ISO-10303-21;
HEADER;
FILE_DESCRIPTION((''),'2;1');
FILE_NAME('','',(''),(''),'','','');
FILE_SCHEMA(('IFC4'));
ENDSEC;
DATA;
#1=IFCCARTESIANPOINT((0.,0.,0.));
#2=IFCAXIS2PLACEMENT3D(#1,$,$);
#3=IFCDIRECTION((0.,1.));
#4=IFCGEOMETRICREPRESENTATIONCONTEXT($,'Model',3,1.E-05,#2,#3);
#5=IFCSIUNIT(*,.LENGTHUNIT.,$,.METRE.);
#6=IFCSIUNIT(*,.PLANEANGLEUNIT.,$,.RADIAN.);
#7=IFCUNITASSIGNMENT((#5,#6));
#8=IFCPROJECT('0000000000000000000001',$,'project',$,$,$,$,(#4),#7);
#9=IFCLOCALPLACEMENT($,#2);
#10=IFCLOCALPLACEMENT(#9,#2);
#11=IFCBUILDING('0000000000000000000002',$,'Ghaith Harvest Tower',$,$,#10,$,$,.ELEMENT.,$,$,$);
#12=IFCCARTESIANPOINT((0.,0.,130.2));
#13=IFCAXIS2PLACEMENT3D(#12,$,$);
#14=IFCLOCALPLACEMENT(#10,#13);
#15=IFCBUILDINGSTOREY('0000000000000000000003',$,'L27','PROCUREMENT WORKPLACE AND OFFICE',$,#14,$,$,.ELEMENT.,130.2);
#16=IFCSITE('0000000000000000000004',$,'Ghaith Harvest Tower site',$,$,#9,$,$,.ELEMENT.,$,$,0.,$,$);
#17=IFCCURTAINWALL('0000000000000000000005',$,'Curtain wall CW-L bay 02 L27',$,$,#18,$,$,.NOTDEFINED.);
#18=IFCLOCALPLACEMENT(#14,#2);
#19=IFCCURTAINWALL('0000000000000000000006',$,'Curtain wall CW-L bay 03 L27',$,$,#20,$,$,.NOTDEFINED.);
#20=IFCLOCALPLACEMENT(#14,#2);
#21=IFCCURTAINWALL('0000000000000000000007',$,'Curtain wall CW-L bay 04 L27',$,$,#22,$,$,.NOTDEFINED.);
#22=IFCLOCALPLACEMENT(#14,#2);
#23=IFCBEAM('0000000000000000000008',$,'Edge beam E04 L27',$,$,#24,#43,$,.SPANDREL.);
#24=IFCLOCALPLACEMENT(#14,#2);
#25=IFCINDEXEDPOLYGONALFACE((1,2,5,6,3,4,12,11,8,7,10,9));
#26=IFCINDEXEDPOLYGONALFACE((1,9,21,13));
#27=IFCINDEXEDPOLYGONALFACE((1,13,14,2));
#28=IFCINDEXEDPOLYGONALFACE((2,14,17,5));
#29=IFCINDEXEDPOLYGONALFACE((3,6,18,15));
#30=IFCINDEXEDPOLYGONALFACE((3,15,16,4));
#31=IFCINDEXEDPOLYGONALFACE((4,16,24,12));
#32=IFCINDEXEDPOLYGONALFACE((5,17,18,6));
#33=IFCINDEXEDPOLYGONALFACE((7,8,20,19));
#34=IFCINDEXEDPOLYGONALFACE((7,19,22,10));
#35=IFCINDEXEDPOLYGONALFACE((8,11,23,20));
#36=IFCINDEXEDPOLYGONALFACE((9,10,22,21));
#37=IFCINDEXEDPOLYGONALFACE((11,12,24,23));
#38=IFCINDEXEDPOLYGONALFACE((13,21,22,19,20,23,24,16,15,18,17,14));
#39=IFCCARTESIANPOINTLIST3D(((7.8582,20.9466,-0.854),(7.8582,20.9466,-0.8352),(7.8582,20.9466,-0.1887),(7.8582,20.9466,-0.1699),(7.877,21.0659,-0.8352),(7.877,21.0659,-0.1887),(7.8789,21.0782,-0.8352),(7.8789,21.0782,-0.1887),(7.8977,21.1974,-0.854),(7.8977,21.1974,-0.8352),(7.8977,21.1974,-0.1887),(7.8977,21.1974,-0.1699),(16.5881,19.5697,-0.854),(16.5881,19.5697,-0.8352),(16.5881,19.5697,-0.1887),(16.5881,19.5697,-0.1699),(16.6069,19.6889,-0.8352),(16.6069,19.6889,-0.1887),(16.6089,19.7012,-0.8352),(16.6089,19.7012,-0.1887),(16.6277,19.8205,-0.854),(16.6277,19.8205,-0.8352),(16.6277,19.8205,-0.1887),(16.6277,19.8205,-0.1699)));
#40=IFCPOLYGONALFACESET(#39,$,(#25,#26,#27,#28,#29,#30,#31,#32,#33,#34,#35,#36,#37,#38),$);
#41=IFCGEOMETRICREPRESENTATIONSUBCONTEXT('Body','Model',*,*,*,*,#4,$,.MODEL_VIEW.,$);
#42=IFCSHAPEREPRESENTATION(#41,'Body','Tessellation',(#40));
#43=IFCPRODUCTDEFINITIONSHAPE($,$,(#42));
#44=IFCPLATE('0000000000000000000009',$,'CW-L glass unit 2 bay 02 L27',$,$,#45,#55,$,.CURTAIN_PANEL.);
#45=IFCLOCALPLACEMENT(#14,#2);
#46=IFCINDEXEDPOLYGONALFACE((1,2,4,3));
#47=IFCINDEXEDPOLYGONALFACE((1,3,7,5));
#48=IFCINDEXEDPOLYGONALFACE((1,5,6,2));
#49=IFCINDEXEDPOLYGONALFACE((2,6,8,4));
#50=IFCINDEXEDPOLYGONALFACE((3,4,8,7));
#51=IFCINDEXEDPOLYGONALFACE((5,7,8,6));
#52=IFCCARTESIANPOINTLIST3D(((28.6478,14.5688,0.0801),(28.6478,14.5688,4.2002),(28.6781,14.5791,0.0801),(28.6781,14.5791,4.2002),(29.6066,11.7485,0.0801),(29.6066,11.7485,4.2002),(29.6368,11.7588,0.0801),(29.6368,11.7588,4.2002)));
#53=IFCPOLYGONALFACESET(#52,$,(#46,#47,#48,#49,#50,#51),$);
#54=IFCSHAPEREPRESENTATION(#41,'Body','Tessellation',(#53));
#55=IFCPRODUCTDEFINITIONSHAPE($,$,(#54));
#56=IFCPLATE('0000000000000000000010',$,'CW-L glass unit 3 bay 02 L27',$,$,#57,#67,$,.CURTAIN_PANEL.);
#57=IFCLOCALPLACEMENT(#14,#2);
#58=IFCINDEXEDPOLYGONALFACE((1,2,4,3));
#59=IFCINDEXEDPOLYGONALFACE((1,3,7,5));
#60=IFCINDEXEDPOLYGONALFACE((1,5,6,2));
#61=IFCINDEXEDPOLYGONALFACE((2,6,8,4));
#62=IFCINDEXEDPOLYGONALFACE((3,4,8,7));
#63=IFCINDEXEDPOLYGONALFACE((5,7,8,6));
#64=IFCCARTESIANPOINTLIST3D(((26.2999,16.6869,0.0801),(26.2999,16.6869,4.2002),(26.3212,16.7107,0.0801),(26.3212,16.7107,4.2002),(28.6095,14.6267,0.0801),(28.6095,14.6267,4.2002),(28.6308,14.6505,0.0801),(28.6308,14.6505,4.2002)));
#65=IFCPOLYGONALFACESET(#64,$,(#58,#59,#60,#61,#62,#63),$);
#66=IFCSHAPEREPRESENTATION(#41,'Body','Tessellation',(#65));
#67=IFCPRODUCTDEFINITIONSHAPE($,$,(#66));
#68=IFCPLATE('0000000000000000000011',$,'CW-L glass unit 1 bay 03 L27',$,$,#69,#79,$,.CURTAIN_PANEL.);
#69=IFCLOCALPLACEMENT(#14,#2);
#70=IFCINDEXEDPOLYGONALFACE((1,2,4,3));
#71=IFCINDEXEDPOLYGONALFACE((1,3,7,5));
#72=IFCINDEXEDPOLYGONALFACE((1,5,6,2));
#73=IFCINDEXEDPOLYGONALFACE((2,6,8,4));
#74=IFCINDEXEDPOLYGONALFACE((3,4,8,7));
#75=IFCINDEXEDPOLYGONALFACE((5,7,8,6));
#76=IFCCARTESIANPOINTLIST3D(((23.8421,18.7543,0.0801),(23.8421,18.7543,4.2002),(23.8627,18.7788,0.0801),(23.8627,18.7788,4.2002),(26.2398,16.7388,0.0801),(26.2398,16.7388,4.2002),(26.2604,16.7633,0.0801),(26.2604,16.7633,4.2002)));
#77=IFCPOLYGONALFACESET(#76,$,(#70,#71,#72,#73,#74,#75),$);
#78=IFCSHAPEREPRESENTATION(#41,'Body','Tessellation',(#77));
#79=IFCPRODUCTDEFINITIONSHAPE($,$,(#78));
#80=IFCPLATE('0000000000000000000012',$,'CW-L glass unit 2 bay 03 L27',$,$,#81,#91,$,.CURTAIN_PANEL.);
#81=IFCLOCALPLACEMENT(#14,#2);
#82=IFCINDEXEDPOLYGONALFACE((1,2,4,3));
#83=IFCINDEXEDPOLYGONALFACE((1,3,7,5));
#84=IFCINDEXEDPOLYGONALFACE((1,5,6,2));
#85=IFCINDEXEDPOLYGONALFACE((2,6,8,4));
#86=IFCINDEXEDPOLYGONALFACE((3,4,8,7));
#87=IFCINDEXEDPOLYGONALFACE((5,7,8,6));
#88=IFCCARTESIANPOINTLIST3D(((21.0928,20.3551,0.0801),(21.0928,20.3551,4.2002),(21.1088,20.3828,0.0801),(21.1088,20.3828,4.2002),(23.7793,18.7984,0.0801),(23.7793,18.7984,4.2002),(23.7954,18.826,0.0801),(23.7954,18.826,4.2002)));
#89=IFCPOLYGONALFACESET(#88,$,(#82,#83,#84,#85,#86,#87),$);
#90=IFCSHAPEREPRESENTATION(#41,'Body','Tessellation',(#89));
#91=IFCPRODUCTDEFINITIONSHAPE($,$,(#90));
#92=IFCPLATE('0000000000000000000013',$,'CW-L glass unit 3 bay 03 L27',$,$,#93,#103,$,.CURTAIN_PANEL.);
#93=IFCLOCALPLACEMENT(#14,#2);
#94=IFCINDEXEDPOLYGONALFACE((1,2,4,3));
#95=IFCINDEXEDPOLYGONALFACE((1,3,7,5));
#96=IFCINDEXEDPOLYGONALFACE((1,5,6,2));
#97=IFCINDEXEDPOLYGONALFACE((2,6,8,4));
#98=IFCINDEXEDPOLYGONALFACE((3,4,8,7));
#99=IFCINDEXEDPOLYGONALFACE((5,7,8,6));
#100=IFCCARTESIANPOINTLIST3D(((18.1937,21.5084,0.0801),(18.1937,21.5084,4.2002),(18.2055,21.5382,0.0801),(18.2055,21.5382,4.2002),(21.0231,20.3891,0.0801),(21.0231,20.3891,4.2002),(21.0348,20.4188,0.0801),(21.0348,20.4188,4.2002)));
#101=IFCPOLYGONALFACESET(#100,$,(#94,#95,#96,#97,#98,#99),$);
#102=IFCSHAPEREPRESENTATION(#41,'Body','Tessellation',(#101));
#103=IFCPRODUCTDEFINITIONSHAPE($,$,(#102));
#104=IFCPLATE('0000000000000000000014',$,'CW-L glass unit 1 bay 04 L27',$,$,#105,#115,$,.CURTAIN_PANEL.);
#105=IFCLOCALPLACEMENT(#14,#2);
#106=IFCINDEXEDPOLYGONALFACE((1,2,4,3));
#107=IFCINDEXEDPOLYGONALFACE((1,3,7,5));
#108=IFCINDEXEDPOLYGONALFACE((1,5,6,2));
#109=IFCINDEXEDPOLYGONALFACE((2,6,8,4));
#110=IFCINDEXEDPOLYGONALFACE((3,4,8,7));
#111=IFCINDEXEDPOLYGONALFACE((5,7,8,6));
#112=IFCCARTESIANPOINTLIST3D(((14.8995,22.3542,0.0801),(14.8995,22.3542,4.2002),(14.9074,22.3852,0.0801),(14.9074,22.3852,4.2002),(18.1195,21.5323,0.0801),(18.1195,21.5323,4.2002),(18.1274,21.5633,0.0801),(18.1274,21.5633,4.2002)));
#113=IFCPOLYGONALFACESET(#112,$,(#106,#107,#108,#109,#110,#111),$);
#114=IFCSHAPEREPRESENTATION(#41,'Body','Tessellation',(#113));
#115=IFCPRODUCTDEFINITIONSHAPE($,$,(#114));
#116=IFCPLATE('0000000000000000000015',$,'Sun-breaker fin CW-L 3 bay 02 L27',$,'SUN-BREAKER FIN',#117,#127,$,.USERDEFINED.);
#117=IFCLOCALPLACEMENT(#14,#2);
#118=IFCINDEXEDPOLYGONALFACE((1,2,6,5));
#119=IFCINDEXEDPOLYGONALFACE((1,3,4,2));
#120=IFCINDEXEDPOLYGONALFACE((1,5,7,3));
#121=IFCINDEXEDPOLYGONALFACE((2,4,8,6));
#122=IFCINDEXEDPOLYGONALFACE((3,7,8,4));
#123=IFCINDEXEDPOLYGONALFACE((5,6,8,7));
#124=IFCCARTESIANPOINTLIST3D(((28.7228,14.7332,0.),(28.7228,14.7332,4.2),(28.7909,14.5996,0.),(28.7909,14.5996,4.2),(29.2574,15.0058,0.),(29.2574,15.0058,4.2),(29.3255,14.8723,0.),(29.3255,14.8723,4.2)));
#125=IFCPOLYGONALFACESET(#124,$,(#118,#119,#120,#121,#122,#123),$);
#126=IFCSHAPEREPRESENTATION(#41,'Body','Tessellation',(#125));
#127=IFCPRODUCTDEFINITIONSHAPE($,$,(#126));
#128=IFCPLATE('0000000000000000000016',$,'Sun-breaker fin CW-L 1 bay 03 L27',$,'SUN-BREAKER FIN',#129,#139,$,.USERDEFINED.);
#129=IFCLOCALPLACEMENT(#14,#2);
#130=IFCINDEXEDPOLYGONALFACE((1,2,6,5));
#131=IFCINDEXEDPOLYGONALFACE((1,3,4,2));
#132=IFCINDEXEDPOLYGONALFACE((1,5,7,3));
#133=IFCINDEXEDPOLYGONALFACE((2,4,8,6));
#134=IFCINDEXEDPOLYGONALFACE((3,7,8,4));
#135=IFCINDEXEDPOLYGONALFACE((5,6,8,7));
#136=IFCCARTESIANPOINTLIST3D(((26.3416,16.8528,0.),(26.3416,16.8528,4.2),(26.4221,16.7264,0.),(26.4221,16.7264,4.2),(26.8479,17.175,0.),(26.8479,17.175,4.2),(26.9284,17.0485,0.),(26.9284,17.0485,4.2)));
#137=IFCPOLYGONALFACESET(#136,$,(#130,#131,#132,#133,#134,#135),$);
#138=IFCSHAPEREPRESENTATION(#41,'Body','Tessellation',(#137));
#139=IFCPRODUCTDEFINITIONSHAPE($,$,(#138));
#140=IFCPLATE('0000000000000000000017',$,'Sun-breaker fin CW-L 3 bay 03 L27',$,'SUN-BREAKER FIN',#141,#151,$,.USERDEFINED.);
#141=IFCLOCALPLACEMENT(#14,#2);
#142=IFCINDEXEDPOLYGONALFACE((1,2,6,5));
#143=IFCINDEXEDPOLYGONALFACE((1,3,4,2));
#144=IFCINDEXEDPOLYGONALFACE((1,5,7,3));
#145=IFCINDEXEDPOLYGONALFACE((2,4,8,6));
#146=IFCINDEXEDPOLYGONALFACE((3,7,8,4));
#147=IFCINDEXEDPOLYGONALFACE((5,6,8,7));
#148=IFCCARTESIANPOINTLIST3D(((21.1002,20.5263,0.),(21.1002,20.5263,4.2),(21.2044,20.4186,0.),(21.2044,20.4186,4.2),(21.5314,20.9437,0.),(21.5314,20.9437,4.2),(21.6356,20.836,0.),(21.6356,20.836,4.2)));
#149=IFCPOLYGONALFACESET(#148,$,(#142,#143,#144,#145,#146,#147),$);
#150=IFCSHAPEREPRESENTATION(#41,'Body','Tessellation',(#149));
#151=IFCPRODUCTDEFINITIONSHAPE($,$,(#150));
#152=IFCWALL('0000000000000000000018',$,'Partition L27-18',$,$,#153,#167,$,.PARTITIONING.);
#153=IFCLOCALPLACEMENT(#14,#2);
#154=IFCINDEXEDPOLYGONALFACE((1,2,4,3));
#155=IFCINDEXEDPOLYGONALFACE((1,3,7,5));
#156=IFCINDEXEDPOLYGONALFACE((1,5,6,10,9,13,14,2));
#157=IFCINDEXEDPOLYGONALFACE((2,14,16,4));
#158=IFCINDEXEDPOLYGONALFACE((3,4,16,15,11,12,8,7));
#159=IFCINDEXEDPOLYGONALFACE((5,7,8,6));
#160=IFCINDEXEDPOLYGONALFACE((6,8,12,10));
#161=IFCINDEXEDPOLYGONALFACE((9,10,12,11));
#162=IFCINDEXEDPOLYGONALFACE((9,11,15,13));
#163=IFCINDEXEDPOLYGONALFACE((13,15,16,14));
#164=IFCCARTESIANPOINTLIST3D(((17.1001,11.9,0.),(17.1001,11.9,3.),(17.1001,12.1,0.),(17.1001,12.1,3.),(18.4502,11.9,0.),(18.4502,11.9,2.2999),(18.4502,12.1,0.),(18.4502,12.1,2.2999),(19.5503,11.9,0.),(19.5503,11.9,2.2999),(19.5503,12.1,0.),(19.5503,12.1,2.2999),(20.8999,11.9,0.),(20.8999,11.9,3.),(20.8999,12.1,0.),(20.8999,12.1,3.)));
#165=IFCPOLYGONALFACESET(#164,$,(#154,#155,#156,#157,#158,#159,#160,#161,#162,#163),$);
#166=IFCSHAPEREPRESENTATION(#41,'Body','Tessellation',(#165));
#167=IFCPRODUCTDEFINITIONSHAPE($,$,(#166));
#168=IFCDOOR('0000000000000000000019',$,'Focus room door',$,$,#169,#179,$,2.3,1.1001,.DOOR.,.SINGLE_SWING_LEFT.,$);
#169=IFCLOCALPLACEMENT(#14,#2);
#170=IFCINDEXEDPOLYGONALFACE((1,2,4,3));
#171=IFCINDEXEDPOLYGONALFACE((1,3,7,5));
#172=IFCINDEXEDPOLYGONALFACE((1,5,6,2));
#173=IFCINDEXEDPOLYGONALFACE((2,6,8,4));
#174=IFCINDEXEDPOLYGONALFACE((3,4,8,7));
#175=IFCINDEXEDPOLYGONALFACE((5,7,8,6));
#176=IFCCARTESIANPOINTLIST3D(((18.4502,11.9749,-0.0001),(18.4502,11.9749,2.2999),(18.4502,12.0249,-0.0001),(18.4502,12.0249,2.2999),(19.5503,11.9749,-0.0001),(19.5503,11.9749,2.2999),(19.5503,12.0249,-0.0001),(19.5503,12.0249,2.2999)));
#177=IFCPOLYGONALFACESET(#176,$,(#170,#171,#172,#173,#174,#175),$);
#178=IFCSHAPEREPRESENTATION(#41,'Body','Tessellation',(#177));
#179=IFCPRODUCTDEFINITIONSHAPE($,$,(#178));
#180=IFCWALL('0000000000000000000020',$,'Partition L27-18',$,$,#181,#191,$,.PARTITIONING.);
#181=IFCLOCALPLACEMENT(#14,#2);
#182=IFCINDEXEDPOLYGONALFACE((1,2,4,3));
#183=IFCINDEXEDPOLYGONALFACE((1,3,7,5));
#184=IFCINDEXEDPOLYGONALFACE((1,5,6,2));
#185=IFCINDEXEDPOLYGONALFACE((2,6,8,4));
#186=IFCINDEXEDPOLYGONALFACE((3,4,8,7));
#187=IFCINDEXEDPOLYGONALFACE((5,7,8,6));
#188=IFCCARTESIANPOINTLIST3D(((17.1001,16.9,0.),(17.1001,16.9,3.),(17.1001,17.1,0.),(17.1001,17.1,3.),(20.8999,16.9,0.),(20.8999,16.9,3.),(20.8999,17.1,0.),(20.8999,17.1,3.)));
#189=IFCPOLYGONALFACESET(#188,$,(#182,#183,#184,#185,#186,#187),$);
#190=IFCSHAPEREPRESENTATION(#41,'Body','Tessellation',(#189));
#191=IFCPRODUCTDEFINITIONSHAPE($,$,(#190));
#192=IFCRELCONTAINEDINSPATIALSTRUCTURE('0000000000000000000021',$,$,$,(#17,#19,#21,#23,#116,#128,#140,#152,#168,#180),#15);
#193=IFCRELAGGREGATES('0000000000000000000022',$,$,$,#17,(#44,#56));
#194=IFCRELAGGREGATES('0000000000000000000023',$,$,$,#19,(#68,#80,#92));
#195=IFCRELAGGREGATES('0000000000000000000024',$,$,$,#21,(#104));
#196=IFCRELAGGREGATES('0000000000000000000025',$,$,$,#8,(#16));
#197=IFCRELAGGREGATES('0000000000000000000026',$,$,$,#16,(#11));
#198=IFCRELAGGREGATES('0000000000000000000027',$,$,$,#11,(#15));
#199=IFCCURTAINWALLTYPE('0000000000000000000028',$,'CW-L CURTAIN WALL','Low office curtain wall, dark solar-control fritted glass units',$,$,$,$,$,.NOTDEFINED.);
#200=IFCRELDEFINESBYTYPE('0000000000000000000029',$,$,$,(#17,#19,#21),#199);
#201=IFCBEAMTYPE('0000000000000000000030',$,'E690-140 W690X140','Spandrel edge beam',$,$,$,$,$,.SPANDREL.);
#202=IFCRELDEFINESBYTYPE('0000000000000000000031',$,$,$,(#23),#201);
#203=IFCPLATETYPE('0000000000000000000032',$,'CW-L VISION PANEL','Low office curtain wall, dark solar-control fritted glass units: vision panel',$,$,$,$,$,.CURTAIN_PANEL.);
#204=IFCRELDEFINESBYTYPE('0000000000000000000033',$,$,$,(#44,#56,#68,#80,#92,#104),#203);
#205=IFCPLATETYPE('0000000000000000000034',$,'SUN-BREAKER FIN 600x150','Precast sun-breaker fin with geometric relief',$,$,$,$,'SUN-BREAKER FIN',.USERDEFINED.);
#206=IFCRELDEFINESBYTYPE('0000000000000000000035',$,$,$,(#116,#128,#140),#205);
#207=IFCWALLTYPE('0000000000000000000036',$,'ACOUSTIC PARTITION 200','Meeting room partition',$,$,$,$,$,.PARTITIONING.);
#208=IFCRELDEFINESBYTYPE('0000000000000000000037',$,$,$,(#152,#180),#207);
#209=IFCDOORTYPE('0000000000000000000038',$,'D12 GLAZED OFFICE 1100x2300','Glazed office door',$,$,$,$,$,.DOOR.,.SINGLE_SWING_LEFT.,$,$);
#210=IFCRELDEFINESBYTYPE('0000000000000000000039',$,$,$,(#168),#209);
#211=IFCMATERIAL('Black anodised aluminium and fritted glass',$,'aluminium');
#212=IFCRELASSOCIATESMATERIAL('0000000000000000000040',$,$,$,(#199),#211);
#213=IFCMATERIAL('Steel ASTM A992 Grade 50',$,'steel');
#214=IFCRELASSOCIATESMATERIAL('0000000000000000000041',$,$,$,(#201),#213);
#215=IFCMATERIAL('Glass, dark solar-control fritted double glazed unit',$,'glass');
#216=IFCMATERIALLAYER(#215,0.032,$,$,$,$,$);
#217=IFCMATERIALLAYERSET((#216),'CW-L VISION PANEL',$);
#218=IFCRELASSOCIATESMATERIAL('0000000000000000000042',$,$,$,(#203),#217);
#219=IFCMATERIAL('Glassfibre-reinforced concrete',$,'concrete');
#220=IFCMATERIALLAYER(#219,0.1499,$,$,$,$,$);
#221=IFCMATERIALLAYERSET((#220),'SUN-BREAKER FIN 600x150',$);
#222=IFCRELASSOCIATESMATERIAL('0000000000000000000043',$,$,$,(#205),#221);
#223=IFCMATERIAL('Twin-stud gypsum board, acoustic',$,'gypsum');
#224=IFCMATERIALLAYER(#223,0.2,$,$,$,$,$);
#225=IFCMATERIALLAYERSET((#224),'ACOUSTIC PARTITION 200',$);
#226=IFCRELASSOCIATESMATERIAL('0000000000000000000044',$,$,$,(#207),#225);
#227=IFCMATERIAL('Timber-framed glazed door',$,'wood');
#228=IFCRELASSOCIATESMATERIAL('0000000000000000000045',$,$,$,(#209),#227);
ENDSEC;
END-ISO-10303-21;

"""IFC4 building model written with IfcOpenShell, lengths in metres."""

from ifc_helpers import new_model, si_unit, direction, frame, frame_2d, origin, origin_2d, place, context, subcontext, project, spatial, rectangle, i_section, extrude, material, layer, layer_set, material_profile, profile_set, type_object, element, fill, aggregate, save


model = new_model("IFC4")

# Units and contexts
model_context = context("Model", 3, precision=1e-05, world=origin(), true_north=direction((0.0, 1.0)))
body_context = subcontext(model_context, "Body", "Model", "MODEL_VIEW")
ifc_project = project(units=[si_unit("LENGTHUNIT", "METRE"), si_unit("PLANEANGLEUNIT", "RADIAN")], contexts=[model_context])

# Site, building, storey
site_placement = place(None, origin())
site = spatial("IfcSite", under=ifc_project, at=site_placement, Name="Ghaith Harvest Tower site", CompositionType="ELEMENT", RefElevation=0.0)
building_placement = place(site_placement, origin())
building = spatial("IfcBuilding", under=site, at=building_placement, Name="Ghaith Harvest Tower", CompositionType="ELEMENT")
storey_placement = place(building_placement, frame((0.0, 0.0, 130.2)))
storey = spatial("IfcBuildingStorey", under=building, at=storey_placement, Name="L27", Description="PROCUREMENT WORKPLACE AND OFFICE", CompositionType="ELEMENT", Elevation=130.2)

# Curtain wall
ifc_material_1 = material(Name="Black anodised aluminium and fritted glass", Category="aluminium")
curtain_wall_type = type_object("IfcCurtainWallType", Name="CW-L CURTAIN WALL", Description="Low office curtain wall, dark solar-control fritted glass units", PredefinedType="NOTDEFINED", material=ifc_material_1)
curtain_wall_1_placement = place(storey_placement, origin())
curtain_wall_1 = element("IfcCurtainWall", 1, at=curtain_wall_1_placement, inside=storey, type_object=curtain_wall_type, Name="Curtain wall CW-L bay 02 L27", PredefinedType="NOTDEFINED")

# Curtain wall
curtain_wall_2_placement = place(storey_placement, origin())
curtain_wall_2 = element("IfcCurtainWall", 2, at=curtain_wall_2_placement, inside=storey, type_object=curtain_wall_type, Name="Curtain wall CW-L bay 03 L27", PredefinedType="NOTDEFINED")

# Curtain wall
curtain_wall_3_placement = place(storey_placement, origin())
curtain_wall_3 = element("IfcCurtainWall", 3, at=curtain_wall_3_placement, inside=storey, type_object=curtain_wall_type, Name="Curtain wall CW-L bay 04 L27", PredefinedType="NOTDEFINED")

# Beam
ifc_material_2 = material(Name="Steel ASTM A992 Grade 50", Category="steel")
ifc_material_profile_1 = material_profile(ifc_material_2, i_section(OverallWidth=0.2539, OverallDepth=0.6841, WebThickness=0.0125, FlangeThickness=0.0188, at=origin_2d()), Name="W690X140")
ifc_profile_set_1 = profile_set([ifc_material_profile_1], Name="Steel ASTM A992 Grade 50")
beam_type = type_object("IfcBeamType", Name="E690-140 W690X140", Description="Spandrel edge beam", PredefinedType="SPANDREL", material=ifc_profile_set_1)
beam_1_placement = place(storey_placement, frame((16.6079, 19.6951, -0.512), z_axis=(-0.987788, 0.155801, 0.0), x_axis=(-0.155801, -0.987788, 0.0)))
element("IfcBeam", 4, at=beam_1_placement, inside=storey, type_object=beam_type, Name="Edge beam E04 L27", PredefinedType="SPANDREL", context=body_context, shape_type="SweptSolid", body=[
    extrude(i_section(OverallWidth=0.2539, OverallDepth=0.6841, WebThickness=0.0125, FlangeThickness=0.0188, at=origin_2d()), origin(), (0.0, 0.0, 1.0), 8.8379),
])

# Plates
ifc_material_3 = material(Name="Glass, dark solar-control fritted double glazed unit", Category="glass")
ifc_layer_1 = layer(ifc_material_3, 0.032)
ifc_layer_set_1 = layer_set([ifc_layer_1], Name="CW-L VISION PANEL")
plate_type_1 = type_object("IfcPlateType", Name="CW-L VISION PANEL", Description="Low office curtain wall, dark solar-control fritted glass units: vision panel", PredefinedType="CURTAIN_PANEL", material=ifc_layer_set_1)
plate_1_placement = place(storey_placement, frame((29.1423, 13.1638, 0.0801), z_axis=(0.0, 0.0, 1.0), x_axis=(-0.321853, 0.94679, 0.0)))
plate_1 = element("IfcPlate", 5, at=plate_1_placement, type_object=plate_type_1, Name="CW-L glass unit 2 bay 02 L27", PredefinedType="CURTAIN_PANEL", context=body_context, shape_type="SweptSolid", body=[
    extrude(rectangle(XDim=2.9788, YDim=0.032, at=origin_2d()), origin(), (0.0, 0.0, 1.0), 4.1201),
])
plate_2_placement = place(storey_placement, frame((27.4653, 15.6687, 0.0801), z_axis=(0.0, 0.0, 1.0), x_axis=(-0.746251, 0.665665, 0.0)))
plate_2 = element("IfcPlate", 6, at=plate_2_placement, type_object=plate_type_1, Name="CW-L glass unit 3 bay 02 L27", PredefinedType="CURTAIN_PANEL", context=body_context, shape_type="SweptSolid", body=[
    extrude(rectangle(XDim=3.095, YDim=0.032, at=origin_2d()), origin(), (0.0, 0.0, 1.0), 4.1201),
])
aggregate(curtain_wall_1, [plate_1, plate_2])
plate_3_placement = place(storey_placement, frame((25.0513, 17.7588, 0.0801), z_axis=(0.0, 0.0, 1.0), x_axis=(-0.765473, 0.643468, 0.0)))
plate_3 = element("IfcPlate", 7, at=plate_3_placement, type_object=plate_type_1, Name="CW-L glass unit 1 bay 03 L27", PredefinedType="CURTAIN_PANEL", context=body_context, shape_type="SweptSolid", body=[
    extrude(rectangle(XDim=3.1323, YDim=0.032, at=origin_2d()), origin(), (0.0, 0.0, 1.0), 4.1201),
])
plate_4_placement = place(storey_placement, frame((22.4441, 19.5906, 0.0801), z_axis=(0.0, 0.0, 1.0), x_axis=(-0.865232, 0.501372, 0.0)))
plate_4 = element("IfcPlate", 8, at=plate_4_placement, type_object=plate_type_1, Name="CW-L glass unit 2 bay 03 L27", PredefinedType="CURTAIN_PANEL", context=body_context, shape_type="SweptSolid", body=[
    extrude(rectangle(XDim=3.105, YDim=0.032, at=origin_2d()), origin(), (0.0, 0.0, 1.0), 4.1201),
])
plate_5_placement = place(storey_placement, frame((19.6143, 20.9636, 0.0801), z_axis=(0.0, 0.0, 1.0), x_axis=(-0.929877, 0.367872, 0.0)))
plate_5 = element("IfcPlate", 9, at=plate_5_placement, type_object=plate_type_1, Name="CW-L glass unit 3 bay 03 L27", PredefinedType="CURTAIN_PANEL", context=body_context, shape_type="SweptSolid", body=[
    extrude(rectangle(XDim=3.0427, YDim=0.032, at=origin_2d()), origin(), (0.0, 0.0, 1.0), 4.1201),
])
aggregate(curtain_wall_2, [plate_3, plate_4, plate_5])
plate_6_placement = place(storey_placement, frame((16.5134, 21.9587, 0.0801), z_axis=(0.0, 0.0, 1.0), x_axis=(-0.968931, 0.247331, 0.0)))
plate_6 = element("IfcPlate", 10, at=plate_6_placement, type_object=plate_type_1, Name="CW-L glass unit 1 bay 04 L27", PredefinedType="CURTAIN_PANEL", context=body_context, shape_type="SweptSolid", body=[
    extrude(rectangle(XDim=3.3232, YDim=0.032, at=origin_2d()), origin(), (0.0, 0.0, 1.0), 4.1201),
])
aggregate(curtain_wall_3, [plate_6])

# Plates
ifc_material_4 = material(Name="Glassfibre-reinforced concrete", Category="concrete")
ifc_layer_2 = layer(ifc_material_4, 0.1499)
ifc_layer_set_2 = layer_set([ifc_layer_2], Name="SUN-BREAKER FIN 600x150")
plate_type_2 = type_object("IfcPlateType", Name="SUN-BREAKER FIN 600x150", Description="Precast sun-breaker fin with geometric relief", ElementType="SUN-BREAKER FIN", PredefinedType="USERDEFINED", material=ifc_layer_set_2)
for number, where, z_axis, x_axis, name in (
    (11, (29.0242, 14.8027, 0.0), (0.0, 0.0, 1.0), (0.890831, 0.454335, 0.0), "Sun-breaker fin CW-L 3 bay 02 L27"),
    (12, (26.635, 16.9507, 0.0), (0.0, 0.0, 1.0), (0.843644, 0.536903, 0.0), "Sun-breaker fin CW-L 1 bay 03 L27"),
    (13, (21.3679, 20.6812, 0.0), (0.0, 0.0, 1.0), (0.718559, 0.695466, 0.0), "Sun-breaker fin CW-L 3 bay 03 L27"),
):
    element("IfcPlate", number, at=place(storey_placement, frame(where, z_axis=z_axis, x_axis=x_axis)), inside=storey, type_object=plate_type_2, Name=name, ObjectType="SUN-BREAKER FIN", PredefinedType="USERDEFINED", context=body_context, shape_type="SweptSolid", body=[
        extrude(rectangle(XDim=0.6001, YDim=0.1499, at=origin_2d()), origin(), (0.0, 0.0, 1.0), 4.2),
    ])

# Wall, opening, door
ifc_material_5 = material(Name="Twin-stud gypsum board, acoustic", Category="gypsum")
ifc_layer_3 = layer(ifc_material_5, 0.2)
ifc_layer_set_3 = layer_set([ifc_layer_3], Name="ACOUSTIC PARTITION 200")
wall_type_1 = type_object("IfcWallType", Name="ACOUSTIC PARTITION 200", Description="Meeting room partition", PredefinedType="PARTITIONING", material=ifc_layer_set_3)
wall_1_placement = place(storey_placement, frame((17.1001, 12.0, 0.0), z_axis=(0.0, 0.0, 1.0), x_axis=(1.0, 0.0, 0.0)))
wall_1 = element("IfcWall", 14, at=wall_1_placement, inside=storey, type_object=wall_type_1, Name="Partition L27-18", PredefinedType="PARTITIONING", context=body_context, shape_type="SweptSolid", body=[
    extrude(rectangle(XDim=3.7998, YDim=0.2, at=frame_2d((1.8999, 0.0))), origin(), (0.0, 0.0, 1.0), 3.0),
])
opening_placement = place(wall_1_placement, frame((1.3501, 0.0, 0.0)))
opening = element("IfcOpeningElement", 15, at=opening_placement, cuts=wall_1, PredefinedType="OPENING", context=body_context, shape_type="SweptSolid", body=[
    extrude(rectangle(XDim=1.1001, YDim=2.3, at=frame_2d((0.55, 1.1499))), frame((0.0, 0.1099, 0.0), z_axis=(0.0, -1.0, 0.0), x_axis=(1.0, 0.0, 0.0)), (0.0, 0.0, 1.0), 0.22),
])
ifc_material_6 = material(Name="Timber-framed glazed door", Category="wood")
door_type = type_object("IfcDoorType", Name="D12 GLAZED OFFICE 1100x2300", Description="Glazed office door", OperationType="SINGLE_SWING_LEFT", PredefinedType="DOOR", material=ifc_material_6)
door_placement = place(opening_placement, origin())
door = element("IfcDoor", 16, at=door_placement, inside=storey, type_object=door_type, Name="Focus room door", OperationType="SINGLE_SWING_LEFT", OverallHeight=2.3, OverallWidth=1.1001, PredefinedType="DOOR", context=body_context, shape_type="SweptSolid", body=[
    extrude(rectangle(XDim=1.1001, YDim=2.3, at=frame_2d((0.55, 1.1499))), frame((0.0, 0.0249, 0.0), z_axis=(0.0, -1.0, 0.0), x_axis=(1.0, 0.0, 0.0)), (0.0, 0.0, 1.0), 0.05),
])
fill(opening, door)

# Wall
wall_2_placement = place(storey_placement, frame((17.1001, 17.0, 0.0), z_axis=(0.0, 0.0, 1.0), x_axis=(1.0, 0.0, 0.0)))
element("IfcWall", 17, at=wall_2_placement, inside=storey, type_object=wall_type_1, Name="Partition L27-18", PredefinedType="PARTITIONING", context=body_context, shape_type="SweptSolid", body=[
    extrude(rectangle(XDim=3.7998, YDim=0.2, at=frame_2d((1.8999, 0.0))), origin(), (0.0, 0.0, 1.0), 3.0),
])

save(model, "model.ifc")
